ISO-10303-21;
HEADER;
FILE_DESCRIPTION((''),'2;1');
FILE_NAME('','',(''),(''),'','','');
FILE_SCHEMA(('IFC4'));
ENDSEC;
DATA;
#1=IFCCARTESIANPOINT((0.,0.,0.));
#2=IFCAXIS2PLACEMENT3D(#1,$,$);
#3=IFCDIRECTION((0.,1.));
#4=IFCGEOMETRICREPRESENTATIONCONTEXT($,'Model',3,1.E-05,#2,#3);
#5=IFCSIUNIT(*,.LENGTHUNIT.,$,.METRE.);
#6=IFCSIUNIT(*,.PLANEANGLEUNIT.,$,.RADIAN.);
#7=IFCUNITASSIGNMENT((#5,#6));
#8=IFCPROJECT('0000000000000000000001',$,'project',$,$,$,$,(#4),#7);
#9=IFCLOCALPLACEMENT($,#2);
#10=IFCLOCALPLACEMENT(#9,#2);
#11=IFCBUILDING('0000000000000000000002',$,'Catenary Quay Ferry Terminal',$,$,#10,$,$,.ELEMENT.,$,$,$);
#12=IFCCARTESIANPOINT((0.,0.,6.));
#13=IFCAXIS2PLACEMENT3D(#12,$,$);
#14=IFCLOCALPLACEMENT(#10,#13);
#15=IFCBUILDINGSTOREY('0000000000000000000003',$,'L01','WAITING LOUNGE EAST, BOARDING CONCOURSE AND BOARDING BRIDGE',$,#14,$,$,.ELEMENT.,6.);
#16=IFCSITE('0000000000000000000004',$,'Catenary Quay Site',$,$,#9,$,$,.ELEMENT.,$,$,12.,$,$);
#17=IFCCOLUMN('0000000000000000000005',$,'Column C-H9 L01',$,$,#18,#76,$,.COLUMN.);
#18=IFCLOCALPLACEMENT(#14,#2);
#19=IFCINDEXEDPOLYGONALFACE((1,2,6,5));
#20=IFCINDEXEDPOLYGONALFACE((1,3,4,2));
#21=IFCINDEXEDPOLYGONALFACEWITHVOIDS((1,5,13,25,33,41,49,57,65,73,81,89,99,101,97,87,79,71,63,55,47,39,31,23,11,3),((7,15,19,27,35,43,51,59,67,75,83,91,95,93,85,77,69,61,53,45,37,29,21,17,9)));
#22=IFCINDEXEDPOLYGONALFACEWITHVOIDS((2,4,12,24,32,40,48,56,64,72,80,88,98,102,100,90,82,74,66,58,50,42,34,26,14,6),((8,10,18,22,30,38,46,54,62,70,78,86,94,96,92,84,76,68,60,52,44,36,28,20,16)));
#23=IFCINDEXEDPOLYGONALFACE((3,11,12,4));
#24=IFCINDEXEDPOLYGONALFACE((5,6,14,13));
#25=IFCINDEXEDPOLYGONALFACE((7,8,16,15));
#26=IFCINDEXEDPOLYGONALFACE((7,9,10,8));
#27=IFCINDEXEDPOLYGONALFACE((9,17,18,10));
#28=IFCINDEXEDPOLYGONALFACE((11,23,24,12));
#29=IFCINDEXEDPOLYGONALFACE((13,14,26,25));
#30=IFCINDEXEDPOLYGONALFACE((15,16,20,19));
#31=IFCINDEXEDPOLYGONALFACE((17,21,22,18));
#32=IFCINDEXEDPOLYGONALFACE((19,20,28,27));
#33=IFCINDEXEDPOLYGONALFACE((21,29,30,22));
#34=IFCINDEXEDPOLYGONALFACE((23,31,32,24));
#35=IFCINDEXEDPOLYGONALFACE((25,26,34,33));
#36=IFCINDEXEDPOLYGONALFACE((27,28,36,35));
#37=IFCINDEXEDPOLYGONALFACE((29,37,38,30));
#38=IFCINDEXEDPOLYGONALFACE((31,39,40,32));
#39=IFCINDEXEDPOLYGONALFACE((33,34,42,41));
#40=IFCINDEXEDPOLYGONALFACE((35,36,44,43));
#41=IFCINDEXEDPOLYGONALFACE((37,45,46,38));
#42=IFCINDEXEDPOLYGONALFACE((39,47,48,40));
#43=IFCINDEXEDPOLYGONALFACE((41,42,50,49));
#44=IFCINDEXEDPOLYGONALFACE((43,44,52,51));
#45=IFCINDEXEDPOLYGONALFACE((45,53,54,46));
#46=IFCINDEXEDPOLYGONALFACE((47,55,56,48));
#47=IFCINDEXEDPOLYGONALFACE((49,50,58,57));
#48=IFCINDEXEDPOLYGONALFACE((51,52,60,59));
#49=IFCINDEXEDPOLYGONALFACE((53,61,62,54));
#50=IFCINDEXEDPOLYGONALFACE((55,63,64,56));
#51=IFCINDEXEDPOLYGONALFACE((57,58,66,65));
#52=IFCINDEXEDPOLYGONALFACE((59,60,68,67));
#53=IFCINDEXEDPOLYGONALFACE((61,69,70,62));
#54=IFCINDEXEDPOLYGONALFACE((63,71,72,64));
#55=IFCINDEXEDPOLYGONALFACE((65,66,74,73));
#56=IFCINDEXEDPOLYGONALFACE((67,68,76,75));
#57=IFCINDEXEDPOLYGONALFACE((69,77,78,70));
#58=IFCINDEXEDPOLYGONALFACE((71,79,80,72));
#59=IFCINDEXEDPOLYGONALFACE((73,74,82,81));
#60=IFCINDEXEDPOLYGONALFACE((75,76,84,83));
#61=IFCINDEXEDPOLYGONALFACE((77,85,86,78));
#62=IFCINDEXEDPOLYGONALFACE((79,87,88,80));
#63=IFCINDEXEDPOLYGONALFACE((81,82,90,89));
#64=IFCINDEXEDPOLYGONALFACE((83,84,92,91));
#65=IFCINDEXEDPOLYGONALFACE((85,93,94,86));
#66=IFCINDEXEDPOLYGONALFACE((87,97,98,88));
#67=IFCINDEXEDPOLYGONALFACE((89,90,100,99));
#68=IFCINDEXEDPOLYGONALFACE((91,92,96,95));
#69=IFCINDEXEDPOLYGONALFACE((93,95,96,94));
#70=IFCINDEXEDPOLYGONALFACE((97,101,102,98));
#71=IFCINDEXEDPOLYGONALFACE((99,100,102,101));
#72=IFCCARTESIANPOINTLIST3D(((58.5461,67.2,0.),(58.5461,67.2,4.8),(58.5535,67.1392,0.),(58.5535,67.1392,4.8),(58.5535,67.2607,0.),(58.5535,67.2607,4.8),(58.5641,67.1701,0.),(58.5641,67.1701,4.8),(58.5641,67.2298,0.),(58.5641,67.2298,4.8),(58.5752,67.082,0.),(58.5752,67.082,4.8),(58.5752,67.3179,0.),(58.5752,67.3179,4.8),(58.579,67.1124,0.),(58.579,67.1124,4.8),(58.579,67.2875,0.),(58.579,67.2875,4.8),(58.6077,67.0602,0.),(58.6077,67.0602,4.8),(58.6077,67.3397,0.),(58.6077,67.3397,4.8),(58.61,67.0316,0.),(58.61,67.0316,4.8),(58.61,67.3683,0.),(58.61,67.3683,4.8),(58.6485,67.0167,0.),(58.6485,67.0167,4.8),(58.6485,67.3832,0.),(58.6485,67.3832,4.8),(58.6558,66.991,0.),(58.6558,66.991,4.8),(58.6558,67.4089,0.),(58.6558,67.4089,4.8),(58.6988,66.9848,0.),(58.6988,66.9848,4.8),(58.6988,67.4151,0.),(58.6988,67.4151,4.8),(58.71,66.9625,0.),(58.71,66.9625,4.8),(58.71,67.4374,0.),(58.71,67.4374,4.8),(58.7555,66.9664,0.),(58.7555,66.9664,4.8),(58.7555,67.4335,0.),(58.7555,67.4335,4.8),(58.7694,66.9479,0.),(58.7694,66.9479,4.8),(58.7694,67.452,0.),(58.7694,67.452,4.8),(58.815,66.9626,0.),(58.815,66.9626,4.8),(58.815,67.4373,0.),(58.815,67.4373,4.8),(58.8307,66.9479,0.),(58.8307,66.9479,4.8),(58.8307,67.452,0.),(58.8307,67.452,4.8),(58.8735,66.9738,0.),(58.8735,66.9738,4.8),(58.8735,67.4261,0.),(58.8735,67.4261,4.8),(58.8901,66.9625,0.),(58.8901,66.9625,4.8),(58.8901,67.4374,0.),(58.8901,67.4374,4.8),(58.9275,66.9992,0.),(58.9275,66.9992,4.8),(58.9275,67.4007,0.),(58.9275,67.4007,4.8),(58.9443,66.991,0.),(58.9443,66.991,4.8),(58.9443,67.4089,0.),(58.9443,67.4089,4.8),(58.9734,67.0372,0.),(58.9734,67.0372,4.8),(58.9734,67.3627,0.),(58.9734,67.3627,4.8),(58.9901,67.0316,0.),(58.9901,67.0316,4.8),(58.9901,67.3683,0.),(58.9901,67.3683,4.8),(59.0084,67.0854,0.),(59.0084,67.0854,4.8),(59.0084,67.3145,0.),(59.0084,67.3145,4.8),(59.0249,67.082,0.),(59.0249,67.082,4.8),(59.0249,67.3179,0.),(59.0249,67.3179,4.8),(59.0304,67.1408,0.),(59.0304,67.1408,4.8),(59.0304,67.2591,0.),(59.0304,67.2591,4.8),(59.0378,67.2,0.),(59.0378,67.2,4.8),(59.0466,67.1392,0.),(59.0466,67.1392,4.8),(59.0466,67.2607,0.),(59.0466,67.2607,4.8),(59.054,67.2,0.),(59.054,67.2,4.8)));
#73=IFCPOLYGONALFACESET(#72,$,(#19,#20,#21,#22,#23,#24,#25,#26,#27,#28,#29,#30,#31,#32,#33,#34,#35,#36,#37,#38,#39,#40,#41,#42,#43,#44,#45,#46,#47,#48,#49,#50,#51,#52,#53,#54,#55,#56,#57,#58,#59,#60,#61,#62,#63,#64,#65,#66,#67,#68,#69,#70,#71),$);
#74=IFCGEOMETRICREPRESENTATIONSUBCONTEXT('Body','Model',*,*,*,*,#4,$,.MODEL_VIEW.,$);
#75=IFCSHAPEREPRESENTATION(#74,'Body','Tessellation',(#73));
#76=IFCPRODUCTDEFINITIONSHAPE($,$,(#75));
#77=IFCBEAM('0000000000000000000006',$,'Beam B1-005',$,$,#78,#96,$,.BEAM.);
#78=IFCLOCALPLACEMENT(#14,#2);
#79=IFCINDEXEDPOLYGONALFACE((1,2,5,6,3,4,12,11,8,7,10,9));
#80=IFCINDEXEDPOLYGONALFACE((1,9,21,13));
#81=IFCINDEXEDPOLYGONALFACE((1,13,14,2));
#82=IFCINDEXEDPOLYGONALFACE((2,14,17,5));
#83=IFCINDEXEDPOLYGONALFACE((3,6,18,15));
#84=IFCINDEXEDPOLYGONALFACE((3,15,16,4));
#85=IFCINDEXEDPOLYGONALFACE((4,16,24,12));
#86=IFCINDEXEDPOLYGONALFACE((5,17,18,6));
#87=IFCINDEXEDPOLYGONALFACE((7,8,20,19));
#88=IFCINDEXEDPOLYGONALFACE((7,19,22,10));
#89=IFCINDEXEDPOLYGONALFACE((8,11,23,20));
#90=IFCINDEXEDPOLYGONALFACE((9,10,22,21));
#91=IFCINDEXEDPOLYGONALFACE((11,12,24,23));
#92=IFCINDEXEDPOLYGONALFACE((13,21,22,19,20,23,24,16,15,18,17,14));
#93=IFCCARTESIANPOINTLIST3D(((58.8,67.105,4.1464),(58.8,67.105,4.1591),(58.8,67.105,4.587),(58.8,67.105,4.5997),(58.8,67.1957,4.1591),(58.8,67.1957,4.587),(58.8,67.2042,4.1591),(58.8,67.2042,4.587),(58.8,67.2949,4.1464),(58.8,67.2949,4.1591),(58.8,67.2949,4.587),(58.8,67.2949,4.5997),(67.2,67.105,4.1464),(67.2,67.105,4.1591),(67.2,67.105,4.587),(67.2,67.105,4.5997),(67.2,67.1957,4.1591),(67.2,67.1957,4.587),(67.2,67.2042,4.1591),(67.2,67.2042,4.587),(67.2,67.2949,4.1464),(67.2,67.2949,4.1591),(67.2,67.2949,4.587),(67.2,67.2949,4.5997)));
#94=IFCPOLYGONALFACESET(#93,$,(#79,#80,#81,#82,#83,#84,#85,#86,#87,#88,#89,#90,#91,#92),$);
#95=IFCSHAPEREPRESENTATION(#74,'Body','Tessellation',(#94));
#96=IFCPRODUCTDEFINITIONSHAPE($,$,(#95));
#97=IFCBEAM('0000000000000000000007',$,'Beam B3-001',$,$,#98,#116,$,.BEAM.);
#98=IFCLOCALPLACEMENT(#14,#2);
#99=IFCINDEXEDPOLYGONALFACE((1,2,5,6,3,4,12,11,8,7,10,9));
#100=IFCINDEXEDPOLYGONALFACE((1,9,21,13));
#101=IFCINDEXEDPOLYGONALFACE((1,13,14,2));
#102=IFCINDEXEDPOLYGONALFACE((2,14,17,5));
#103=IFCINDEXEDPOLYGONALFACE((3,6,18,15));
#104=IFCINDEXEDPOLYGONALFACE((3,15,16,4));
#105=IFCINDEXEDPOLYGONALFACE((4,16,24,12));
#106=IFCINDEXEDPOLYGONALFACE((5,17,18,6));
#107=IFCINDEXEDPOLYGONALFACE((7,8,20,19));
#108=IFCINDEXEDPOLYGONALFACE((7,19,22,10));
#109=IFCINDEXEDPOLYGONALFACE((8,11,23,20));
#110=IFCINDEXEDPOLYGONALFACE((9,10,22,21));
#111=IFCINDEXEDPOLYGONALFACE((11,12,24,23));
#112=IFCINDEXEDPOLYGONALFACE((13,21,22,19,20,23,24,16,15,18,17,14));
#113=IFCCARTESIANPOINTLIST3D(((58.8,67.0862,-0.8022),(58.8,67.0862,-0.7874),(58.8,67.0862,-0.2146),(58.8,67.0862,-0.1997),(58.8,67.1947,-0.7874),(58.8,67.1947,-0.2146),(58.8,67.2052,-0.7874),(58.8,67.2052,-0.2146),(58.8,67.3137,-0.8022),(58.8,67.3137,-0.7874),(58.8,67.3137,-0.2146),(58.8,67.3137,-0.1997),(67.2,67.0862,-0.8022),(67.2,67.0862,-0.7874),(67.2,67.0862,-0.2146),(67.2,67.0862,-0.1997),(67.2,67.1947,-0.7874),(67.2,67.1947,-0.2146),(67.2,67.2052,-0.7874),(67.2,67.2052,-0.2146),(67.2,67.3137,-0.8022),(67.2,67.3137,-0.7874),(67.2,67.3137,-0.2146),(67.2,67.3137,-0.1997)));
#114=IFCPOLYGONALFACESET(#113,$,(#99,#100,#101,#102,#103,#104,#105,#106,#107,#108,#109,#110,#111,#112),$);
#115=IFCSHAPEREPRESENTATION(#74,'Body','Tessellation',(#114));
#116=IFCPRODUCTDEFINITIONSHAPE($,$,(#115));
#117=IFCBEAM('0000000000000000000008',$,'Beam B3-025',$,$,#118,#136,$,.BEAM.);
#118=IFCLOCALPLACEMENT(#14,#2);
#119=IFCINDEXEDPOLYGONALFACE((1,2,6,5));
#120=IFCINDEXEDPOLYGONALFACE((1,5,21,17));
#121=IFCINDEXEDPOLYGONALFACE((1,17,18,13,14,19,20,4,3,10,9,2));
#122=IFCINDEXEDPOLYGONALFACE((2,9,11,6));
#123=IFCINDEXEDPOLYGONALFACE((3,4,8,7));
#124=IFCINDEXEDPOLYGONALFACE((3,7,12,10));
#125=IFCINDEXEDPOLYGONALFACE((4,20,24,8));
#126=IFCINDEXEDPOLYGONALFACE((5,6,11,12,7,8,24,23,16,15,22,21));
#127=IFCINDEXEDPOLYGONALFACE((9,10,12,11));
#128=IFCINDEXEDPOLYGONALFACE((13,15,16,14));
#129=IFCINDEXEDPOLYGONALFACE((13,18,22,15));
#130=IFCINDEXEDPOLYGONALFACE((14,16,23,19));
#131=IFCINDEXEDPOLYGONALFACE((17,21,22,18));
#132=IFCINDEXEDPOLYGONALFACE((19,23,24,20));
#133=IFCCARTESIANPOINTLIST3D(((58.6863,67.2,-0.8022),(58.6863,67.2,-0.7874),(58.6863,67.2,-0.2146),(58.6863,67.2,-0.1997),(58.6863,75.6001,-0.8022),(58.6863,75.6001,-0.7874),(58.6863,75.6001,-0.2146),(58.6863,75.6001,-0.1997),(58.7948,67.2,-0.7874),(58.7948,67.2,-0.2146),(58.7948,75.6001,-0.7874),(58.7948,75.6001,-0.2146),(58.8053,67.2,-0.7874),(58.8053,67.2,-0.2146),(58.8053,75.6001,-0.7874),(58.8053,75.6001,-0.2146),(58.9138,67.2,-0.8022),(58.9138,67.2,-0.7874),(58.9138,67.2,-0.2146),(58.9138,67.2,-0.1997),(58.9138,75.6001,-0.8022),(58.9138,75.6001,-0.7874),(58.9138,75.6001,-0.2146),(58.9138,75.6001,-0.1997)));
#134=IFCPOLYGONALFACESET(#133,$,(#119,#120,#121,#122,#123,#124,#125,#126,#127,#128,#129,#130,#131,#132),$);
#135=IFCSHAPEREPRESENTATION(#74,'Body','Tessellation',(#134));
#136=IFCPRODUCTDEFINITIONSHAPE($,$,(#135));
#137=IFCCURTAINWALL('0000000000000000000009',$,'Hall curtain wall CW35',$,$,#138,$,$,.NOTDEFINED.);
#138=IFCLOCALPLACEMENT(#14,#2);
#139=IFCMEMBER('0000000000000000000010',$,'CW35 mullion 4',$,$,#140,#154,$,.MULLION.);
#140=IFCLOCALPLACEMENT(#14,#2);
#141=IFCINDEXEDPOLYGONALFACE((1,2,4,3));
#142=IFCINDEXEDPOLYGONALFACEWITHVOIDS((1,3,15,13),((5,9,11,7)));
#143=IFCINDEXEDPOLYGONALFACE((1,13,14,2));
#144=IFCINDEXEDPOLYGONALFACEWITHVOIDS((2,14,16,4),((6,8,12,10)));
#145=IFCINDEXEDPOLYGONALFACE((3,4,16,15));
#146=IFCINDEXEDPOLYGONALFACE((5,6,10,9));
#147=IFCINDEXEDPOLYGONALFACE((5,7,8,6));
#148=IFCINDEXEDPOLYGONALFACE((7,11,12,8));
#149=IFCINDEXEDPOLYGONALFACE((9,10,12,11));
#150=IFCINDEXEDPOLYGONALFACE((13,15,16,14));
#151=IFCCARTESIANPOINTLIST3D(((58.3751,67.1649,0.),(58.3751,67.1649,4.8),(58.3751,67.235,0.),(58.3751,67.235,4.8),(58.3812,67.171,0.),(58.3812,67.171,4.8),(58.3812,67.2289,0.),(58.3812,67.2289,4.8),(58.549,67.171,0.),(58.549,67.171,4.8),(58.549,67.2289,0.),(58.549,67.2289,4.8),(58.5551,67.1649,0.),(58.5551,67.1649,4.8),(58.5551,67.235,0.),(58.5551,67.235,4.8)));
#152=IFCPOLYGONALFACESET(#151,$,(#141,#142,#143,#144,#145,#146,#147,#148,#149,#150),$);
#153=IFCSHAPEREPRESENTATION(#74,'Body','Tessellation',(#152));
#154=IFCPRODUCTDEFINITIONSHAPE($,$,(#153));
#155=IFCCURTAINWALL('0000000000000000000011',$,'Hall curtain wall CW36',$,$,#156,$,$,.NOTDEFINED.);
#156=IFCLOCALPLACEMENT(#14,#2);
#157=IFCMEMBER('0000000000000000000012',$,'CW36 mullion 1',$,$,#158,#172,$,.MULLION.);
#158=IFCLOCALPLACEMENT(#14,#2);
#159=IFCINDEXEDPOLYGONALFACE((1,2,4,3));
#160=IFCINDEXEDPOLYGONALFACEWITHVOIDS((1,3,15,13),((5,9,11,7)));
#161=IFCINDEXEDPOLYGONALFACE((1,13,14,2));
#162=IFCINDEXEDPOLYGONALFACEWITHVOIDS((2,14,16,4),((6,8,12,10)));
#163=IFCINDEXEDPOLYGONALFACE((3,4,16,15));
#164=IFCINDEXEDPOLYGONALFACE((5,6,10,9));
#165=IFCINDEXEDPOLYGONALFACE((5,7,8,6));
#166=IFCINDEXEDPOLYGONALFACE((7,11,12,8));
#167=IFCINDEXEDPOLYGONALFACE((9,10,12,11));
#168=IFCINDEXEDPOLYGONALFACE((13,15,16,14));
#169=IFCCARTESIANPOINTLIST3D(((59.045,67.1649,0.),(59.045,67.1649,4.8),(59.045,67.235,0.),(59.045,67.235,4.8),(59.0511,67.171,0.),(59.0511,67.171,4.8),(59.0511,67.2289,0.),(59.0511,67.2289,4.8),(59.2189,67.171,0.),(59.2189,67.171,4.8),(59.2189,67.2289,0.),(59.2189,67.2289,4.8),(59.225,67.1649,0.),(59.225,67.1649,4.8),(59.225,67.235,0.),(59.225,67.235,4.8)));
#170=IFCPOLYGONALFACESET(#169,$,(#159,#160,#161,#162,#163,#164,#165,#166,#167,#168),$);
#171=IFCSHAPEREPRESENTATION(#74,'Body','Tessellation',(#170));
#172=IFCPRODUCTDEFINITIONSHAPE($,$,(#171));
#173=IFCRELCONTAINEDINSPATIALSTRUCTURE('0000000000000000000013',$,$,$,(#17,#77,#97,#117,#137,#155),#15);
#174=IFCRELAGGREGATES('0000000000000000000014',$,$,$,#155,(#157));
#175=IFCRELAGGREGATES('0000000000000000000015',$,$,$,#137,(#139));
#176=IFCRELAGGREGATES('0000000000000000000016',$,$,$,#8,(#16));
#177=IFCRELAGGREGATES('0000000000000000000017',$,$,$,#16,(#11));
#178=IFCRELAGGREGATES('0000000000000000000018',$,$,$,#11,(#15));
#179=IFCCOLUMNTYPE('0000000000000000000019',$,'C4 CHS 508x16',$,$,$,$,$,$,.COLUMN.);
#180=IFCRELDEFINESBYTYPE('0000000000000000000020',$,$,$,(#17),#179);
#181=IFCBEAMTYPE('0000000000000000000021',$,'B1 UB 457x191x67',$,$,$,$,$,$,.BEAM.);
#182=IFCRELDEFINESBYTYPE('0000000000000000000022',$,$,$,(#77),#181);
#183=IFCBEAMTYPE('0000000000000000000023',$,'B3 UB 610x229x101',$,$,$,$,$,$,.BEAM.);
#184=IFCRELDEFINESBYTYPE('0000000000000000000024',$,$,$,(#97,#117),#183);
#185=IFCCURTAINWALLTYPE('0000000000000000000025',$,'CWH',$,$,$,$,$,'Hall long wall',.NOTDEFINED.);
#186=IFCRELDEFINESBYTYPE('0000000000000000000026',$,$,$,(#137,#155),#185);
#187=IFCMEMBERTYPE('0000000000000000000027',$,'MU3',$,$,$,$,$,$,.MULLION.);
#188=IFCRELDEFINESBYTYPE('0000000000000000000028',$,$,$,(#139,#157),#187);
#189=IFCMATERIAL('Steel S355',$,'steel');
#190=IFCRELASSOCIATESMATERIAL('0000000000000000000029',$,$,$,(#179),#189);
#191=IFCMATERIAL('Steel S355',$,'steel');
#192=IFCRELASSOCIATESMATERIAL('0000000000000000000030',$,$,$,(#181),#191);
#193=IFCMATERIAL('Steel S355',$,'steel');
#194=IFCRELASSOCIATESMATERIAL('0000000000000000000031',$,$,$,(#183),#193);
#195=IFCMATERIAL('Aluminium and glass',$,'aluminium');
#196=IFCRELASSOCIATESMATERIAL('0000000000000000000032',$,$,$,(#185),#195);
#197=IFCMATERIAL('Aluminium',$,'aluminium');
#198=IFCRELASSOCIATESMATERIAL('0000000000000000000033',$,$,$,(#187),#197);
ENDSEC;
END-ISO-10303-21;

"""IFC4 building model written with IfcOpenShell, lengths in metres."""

from ifc_helpers import new_model, si_unit, direction, frame, origin, origin_2d, place, context, subcontext, project, spatial, hollow_rectangle, hollow_circle, i_section, extrude, material, material_profile, profile_set, type_object, element, aggregate, save


model = new_model("IFC4")

# Units and contexts
model_context = context("Model", 3, precision=1e-05, world=origin(), true_north=direction((0.0, 1.0)))
body_context = subcontext(model_context, "Body", "Model", "MODEL_VIEW")
ifc_project = project(units=[si_unit("LENGTHUNIT", "METRE"), si_unit("PLANEANGLEUNIT", "RADIAN")], contexts=[model_context])

# Site, building, storey
site_placement = place(None, origin())
site = spatial("IfcSite", under=ifc_project, at=site_placement, Name="Catenary Quay Site", CompositionType="ELEMENT", RefElevation=12.0)
building_placement = place(site_placement, origin())
building = spatial("IfcBuilding", under=site, at=building_placement, Name="Catenary Quay Ferry Terminal", CompositionType="ELEMENT")
storey_placement = place(building_placement, frame((0.0, 0.0, 6.0)))
storey = spatial("IfcBuildingStorey", under=building, at=storey_placement, Name="L01", Description="WAITING LOUNGE EAST, BOARDING CONCOURSE AND BOARDING BRIDGE", CompositionType="ELEMENT", Elevation=6.0)

# Column
ifc_material_1 = material(Name="Steel S355", Category="steel")
ifc_material_profile_1 = material_profile(ifc_material_1, hollow_circle(Radius=0.2539, WallThickness=0.0161, at=origin_2d()), Name="CHS 508x16")
ifc_profile_set_1 = profile_set([ifc_material_profile_1], Name="Steel S355")
column_type = type_object("IfcColumnType", Name="C4 CHS 508x16", PredefinedType="COLUMN", material=ifc_profile_set_1)
column_placement = place(storey_placement, frame((58.8, 67.2, 0.0), z_axis=(0.0, 0.0, 1.0), x_axis=(1.0, 0.0, 0.0)))
element("IfcColumn", 1, at=column_placement, inside=storey, type_object=column_type, Name="Column C-H9 L01", PredefinedType="COLUMN", context=body_context, shape_type="SweptSolid", body=[
    extrude(hollow_circle(Radius=0.2539, WallThickness=0.0161, at=origin_2d()), origin(), (0.0, 0.0, 1.0), 4.8),
])

# Beams
ifc_material_2 = material(Name="Steel S355", Category="steel")
ifc_material_profile_2 = material_profile(ifc_material_2, i_section(OverallWidth=0.1899, OverallDepth=0.4534, WebThickness=0.0085, FlangeThickness=0.0127, at=origin_2d()), Name="UB 457x191x67")
ifc_profile_set_2 = profile_set([ifc_material_profile_2], Name="Steel S355")
beam_type_1 = type_object("IfcBeamType", Name="B1 UB 457x191x67", PredefinedType="BEAM", material=ifc_profile_set_2)
beam_1_placement = place(storey_placement, frame((58.8, 67.2, 4.373), z_axis=(1.0, 0.0, 0.0), x_axis=(0.0, 1.0, 0.0)))
element("IfcBeam", 2, at=beam_1_placement, inside=storey, type_object=beam_type_1, Name="Beam B1-005", PredefinedType="BEAM", context=body_context, shape_type="SweptSolid", body=[
    extrude(i_section(OverallWidth=0.1899, OverallDepth=0.4534, WebThickness=0.0085, FlangeThickness=0.0127, at=origin_2d()), origin(), (0.0, 0.0, 1.0), 8.3999),
])
ifc_material_3 = material(Name="Steel S355", Category="steel")
ifc_material_profile_3 = material_profile(ifc_material_3, i_section(OverallWidth=0.2275, OverallDepth=0.6025, WebThickness=0.0105, FlangeThickness=0.0149, at=origin_2d()), Name="UB 610x229x101")
ifc_profile_set_3 = profile_set([ifc_material_profile_3], Name="Steel S355")
beam_type_2 = type_object("IfcBeamType", Name="B3 UB 610x229x101", PredefinedType="BEAM", material=ifc_profile_set_3)
beam_2_placement = place(storey_placement, frame((58.8, 67.2, -0.501), z_axis=(1.0, 0.0, 0.0), x_axis=(0.0, 1.0, 0.0)))
element("IfcBeam", 3, at=beam_2_placement, inside=storey, type_object=beam_type_2, Name="Beam B3-001", PredefinedType="BEAM", context=body_context, shape_type="SweptSolid", body=[
    extrude(i_section(OverallWidth=0.2275, OverallDepth=0.6025, WebThickness=0.0105, FlangeThickness=0.0149, at=origin_2d()), origin(), (0.0, 0.0, 1.0), 8.3999),
])
beam_3_placement = place(storey_placement, frame((58.8, 67.2, -0.501), z_axis=(0.0, 1.0, 0.0), x_axis=(-1.0, 0.0, 0.0)))
element("IfcBeam", 4, at=beam_3_placement, inside=storey, type_object=beam_type_2, Name="Beam B3-025", PredefinedType="BEAM", context=body_context, shape_type="SweptSolid", body=[
    extrude(i_section(OverallWidth=0.2275, OverallDepth=0.6025, WebThickness=0.0105, FlangeThickness=0.0149, at=origin_2d()), origin(), (0.0, 0.0, 1.0), 8.4001),
])

# Curtain walls, members
ifc_material_4 = material(Name="Aluminium and glass", Category="aluminium")
curtain_wall_type = type_object("IfcCurtainWallType", Name="CWH", ElementType="Hall long wall", PredefinedType="NOTDEFINED", material=ifc_material_4)
curtain_wall_1_placement = place(storey_placement, origin())
curtain_wall_1 = element("IfcCurtainWall", 5, at=curtain_wall_1_placement, inside=storey, type_object=curtain_wall_type, Name="Hall curtain wall CW35", PredefinedType="NOTDEFINED")
ifc_material_5 = material(Name="Aluminium", Category="aluminium")
ifc_material_profile_4 = material_profile(ifc_material_5, hollow_rectangle(XDim=0.0701, YDim=0.1799, WallThickness=0.0061, at=origin_2d()), Name="MU3")
ifc_profile_set_4 = profile_set([ifc_material_profile_4], Name="Aluminium")
member_type_1 = type_object("IfcMemberType", Name="MU3", PredefinedType="MULLION", material=ifc_profile_set_4)
member_1_placement = place(storey_placement, frame((58.4651, 67.2, 0.0), z_axis=(0.0, 0.0, 1.0), x_axis=(0.0, 1.0, 0.0)))
member_1 = element("IfcMember", 6, at=member_1_placement, type_object=member_type_1, Name="CW35 mullion 4", PredefinedType="MULLION", context=body_context, shape_type="SweptSolid", body=[
    extrude(hollow_rectangle(XDim=0.0701, YDim=0.1799, WallThickness=0.0061, at=origin_2d()), origin(), (0.0, 0.0, 1.0), 4.8),
])
curtain_wall_2_placement = place(storey_placement, origin())
curtain_wall_2 = element("IfcCurtainWall", 7, at=curtain_wall_2_placement, inside=storey, type_object=curtain_wall_type, Name="Hall curtain wall CW36", PredefinedType="NOTDEFINED")
member_2_placement = place(storey_placement, frame((59.135, 67.2, 0.0), z_axis=(0.0, 0.0, 1.0), x_axis=(0.0, 1.0, 0.0)))
member_2 = element("IfcMember", 8, at=member_2_placement, type_object=member_type_1, Name="CW36 mullion 1", PredefinedType="MULLION", context=body_context, shape_type="SweptSolid", body=[
    extrude(hollow_rectangle(XDim=0.0701, YDim=0.1799, WallThickness=0.0061, at=origin_2d()), origin(), (0.0, 0.0, 1.0), 4.8),
])

aggregate(curtain_wall_2, [member_2])

aggregate(curtain_wall_1, [member_1])

save(model, "model.ifc")
